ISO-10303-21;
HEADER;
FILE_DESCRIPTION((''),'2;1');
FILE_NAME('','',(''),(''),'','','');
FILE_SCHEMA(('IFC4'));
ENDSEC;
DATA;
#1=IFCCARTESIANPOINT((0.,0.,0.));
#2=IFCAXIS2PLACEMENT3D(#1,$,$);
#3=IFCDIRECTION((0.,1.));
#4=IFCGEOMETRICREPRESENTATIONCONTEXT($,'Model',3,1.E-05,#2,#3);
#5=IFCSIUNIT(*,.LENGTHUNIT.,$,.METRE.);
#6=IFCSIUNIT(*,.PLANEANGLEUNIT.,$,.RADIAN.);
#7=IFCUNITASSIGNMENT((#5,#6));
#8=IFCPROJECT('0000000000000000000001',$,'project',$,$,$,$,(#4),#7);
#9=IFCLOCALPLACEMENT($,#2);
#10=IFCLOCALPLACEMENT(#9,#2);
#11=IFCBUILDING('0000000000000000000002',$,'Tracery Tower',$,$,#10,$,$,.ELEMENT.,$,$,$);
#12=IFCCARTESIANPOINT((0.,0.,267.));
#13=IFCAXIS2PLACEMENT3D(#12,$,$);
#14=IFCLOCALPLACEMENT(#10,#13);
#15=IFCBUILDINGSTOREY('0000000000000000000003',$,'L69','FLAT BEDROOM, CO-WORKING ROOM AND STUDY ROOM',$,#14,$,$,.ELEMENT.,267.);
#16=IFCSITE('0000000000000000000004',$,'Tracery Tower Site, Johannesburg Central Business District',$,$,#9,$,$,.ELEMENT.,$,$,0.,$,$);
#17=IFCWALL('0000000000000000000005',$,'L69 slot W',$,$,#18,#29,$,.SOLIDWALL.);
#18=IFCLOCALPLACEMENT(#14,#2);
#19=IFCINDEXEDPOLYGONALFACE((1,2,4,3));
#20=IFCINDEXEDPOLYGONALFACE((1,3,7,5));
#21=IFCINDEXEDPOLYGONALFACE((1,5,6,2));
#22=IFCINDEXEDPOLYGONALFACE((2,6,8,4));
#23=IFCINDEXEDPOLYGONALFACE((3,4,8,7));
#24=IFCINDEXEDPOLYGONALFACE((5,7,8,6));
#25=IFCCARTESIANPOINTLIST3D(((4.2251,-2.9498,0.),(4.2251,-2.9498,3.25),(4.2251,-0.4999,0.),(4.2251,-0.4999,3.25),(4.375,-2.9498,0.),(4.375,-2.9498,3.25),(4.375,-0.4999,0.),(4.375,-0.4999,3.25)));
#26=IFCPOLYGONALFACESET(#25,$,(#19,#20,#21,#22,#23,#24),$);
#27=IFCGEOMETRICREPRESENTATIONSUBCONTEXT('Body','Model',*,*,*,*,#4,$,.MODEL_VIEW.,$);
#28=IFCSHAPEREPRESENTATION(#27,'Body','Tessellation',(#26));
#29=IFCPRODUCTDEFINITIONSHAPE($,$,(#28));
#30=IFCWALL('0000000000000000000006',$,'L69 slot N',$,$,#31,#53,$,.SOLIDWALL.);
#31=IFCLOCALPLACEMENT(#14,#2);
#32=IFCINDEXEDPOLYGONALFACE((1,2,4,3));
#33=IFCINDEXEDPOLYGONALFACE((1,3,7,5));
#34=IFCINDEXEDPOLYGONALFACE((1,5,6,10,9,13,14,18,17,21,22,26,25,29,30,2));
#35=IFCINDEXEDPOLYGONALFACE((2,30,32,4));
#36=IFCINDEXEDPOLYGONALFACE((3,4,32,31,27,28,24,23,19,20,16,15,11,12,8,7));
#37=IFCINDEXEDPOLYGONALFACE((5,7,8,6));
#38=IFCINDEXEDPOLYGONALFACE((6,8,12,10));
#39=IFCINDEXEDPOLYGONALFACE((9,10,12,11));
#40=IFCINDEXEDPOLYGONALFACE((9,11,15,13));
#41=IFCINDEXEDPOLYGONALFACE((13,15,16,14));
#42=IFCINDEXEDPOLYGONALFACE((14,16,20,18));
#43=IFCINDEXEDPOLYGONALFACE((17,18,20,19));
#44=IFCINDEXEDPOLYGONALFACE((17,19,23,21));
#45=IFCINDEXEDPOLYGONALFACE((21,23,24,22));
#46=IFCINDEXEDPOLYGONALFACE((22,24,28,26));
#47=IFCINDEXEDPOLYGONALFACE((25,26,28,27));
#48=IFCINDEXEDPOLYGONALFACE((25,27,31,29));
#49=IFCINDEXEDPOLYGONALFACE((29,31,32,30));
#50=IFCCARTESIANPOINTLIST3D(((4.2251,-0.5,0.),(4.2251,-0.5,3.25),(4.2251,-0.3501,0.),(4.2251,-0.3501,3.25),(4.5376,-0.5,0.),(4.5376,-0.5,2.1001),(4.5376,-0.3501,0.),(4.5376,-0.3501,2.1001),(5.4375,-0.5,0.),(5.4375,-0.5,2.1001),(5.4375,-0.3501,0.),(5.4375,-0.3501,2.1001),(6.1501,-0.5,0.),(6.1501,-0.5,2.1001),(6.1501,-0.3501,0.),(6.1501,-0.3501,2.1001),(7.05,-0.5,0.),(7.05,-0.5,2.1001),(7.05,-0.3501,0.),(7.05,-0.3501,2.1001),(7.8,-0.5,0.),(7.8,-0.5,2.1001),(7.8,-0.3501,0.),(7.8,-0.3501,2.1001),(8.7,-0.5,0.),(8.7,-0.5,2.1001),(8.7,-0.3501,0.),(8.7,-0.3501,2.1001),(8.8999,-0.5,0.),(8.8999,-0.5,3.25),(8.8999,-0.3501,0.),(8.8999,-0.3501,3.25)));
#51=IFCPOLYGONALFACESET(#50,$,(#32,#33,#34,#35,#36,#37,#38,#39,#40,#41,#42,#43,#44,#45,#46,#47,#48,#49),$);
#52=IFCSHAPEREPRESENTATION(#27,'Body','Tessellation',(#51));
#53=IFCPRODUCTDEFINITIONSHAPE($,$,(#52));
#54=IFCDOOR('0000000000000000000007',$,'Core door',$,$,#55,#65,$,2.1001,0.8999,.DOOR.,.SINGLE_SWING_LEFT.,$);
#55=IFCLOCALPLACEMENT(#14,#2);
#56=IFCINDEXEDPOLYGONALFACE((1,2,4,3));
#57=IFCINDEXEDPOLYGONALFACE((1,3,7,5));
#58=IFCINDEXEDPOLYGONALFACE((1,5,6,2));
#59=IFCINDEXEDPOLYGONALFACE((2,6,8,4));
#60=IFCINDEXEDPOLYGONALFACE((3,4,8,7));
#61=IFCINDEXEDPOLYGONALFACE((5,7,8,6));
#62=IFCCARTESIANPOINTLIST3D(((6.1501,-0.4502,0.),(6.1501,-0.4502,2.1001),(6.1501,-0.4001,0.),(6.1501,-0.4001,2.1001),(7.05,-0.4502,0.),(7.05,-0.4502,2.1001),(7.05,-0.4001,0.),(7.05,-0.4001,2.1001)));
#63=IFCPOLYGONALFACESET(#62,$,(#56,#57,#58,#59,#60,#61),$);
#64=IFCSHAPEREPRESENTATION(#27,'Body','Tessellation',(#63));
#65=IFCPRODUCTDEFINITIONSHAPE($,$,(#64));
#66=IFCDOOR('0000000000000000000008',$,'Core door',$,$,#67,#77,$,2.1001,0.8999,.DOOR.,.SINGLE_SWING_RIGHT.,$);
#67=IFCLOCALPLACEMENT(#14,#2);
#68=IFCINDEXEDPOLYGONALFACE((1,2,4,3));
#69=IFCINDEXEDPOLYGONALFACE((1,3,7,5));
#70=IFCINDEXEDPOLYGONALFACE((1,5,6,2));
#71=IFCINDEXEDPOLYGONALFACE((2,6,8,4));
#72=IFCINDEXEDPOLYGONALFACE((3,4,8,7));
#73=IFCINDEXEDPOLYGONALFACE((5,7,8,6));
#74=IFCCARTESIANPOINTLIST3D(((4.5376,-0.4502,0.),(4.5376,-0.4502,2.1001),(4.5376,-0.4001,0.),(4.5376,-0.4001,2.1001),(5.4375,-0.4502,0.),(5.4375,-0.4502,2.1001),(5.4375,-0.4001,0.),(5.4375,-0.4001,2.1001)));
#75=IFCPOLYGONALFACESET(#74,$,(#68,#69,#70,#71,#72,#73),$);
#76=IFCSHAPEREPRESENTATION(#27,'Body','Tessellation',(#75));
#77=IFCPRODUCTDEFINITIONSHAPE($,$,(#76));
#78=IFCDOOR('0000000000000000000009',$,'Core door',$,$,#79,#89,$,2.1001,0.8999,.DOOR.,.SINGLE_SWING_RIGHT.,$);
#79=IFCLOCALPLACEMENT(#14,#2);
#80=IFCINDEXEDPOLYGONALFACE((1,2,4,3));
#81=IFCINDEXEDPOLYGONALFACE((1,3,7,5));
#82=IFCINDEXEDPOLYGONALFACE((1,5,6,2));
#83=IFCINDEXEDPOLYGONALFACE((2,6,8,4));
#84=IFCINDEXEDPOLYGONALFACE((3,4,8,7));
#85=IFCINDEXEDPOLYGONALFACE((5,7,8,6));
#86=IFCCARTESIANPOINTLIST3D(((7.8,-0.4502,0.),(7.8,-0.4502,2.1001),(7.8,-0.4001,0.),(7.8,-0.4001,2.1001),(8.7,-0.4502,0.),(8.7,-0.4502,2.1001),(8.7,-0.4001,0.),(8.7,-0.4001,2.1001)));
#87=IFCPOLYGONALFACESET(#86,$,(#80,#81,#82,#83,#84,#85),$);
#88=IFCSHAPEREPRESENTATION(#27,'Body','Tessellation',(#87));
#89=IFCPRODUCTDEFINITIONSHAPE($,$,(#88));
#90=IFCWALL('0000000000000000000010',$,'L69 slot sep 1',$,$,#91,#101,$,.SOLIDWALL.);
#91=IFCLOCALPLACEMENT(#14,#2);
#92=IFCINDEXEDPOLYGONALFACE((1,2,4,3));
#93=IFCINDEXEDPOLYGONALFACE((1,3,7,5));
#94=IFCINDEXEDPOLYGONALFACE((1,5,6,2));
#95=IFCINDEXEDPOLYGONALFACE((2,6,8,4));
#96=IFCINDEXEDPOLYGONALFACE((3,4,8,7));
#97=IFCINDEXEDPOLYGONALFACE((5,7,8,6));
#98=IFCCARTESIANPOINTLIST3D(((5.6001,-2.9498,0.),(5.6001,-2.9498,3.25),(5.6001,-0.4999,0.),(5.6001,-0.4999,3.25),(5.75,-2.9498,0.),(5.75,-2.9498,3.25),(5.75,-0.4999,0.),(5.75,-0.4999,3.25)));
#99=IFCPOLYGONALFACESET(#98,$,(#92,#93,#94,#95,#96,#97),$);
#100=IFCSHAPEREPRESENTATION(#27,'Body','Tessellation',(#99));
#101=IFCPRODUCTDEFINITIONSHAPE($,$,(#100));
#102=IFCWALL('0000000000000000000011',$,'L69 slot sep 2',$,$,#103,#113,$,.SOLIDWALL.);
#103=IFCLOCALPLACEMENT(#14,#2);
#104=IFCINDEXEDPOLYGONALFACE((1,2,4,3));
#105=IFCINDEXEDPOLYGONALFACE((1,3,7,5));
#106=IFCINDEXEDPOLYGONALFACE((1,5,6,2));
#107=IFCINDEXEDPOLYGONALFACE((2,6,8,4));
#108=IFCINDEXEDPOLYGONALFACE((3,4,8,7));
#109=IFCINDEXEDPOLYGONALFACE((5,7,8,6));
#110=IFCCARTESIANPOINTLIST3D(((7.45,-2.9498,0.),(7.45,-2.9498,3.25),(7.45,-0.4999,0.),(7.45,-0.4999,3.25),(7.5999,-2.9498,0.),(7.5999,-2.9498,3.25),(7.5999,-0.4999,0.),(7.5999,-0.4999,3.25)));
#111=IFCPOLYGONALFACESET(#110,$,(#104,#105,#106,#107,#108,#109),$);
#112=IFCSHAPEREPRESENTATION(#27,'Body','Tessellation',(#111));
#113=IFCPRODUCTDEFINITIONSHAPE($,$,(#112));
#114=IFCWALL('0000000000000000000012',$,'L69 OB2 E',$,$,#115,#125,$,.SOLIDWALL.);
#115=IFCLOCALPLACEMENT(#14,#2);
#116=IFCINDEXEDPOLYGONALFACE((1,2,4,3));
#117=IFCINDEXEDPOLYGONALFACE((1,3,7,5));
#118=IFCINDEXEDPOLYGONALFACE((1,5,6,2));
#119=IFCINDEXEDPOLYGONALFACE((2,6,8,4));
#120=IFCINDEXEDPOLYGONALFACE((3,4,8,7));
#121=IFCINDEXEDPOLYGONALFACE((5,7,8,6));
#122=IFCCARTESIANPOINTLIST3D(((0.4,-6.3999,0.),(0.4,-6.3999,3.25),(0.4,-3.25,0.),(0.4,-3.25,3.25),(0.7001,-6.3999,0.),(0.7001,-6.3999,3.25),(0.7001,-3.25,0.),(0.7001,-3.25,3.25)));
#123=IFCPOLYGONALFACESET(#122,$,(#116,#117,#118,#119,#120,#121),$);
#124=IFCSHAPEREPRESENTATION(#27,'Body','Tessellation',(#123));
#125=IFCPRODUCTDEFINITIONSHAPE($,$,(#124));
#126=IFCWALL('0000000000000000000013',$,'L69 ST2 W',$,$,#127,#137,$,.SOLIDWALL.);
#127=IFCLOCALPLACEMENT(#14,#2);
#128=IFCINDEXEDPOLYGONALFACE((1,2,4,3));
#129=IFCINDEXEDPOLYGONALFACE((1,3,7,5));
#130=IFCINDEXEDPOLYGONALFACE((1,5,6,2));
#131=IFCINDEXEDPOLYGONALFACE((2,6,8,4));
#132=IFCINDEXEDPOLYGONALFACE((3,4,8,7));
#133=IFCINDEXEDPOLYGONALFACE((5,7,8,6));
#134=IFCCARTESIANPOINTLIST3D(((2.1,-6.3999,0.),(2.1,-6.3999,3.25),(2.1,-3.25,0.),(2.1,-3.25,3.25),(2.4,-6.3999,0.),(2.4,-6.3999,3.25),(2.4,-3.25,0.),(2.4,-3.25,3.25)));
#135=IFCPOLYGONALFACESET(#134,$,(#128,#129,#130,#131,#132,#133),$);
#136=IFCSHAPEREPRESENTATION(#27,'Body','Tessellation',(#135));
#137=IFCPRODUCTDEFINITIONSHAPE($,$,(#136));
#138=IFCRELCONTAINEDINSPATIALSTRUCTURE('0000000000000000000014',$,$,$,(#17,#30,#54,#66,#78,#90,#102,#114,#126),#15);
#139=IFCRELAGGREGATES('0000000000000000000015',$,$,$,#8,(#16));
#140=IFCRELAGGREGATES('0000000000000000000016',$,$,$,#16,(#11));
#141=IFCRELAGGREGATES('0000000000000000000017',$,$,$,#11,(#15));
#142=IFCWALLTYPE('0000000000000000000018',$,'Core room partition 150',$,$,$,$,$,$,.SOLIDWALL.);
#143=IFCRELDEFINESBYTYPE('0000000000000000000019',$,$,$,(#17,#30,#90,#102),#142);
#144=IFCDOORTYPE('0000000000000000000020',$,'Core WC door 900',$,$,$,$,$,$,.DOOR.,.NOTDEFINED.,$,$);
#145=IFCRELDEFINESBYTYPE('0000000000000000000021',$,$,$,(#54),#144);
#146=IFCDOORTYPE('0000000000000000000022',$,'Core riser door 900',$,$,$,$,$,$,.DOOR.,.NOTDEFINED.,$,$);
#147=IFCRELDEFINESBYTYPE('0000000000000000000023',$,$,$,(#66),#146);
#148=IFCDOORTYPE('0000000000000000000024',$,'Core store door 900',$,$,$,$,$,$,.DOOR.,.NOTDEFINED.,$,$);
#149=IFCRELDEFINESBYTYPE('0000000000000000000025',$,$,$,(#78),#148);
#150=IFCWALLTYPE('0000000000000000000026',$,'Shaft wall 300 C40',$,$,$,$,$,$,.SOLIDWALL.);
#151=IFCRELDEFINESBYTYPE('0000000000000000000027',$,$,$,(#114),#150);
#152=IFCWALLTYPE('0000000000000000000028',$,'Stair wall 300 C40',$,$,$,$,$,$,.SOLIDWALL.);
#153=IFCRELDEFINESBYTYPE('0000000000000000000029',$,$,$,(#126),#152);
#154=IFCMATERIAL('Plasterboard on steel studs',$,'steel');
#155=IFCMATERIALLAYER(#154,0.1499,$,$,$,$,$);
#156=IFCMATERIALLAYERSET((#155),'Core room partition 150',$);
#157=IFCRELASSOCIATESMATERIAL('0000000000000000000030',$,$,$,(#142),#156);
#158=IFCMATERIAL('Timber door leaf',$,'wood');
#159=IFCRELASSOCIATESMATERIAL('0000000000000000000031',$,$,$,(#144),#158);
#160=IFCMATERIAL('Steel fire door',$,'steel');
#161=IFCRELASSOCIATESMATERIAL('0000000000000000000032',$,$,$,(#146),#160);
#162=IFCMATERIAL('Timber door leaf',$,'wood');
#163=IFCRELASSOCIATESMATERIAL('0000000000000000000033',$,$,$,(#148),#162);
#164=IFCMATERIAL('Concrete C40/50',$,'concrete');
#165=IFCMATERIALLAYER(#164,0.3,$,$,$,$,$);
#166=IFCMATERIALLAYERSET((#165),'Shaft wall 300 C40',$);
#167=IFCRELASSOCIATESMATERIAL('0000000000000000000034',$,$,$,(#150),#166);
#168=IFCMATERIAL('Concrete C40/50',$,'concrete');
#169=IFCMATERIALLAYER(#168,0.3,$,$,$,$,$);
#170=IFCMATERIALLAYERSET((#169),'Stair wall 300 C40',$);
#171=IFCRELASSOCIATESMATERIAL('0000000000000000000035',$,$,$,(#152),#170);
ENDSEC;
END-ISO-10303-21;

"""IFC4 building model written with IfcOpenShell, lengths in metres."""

from ifc_helpers import new_model, si_unit, direction, frame, frame_2d, origin, place, context, subcontext, project, spatial, rectangle, extrude, material, layer, layer_set, type_object, element, fill, save


model = new_model("IFC4")

# Units and contexts
model_context = context("Model", 3, precision=1e-05, world=origin(), true_north=direction((0.0, 1.0)))
body_context = subcontext(model_context, "Body", "Model", "MODEL_VIEW")
ifc_project = project(units=[si_unit("LENGTHUNIT", "METRE"), si_unit("PLANEANGLEUNIT", "RADIAN")], contexts=[model_context])

# Site, building, storey
site_placement = place(None, origin())
site = spatial("IfcSite", under=ifc_project, at=site_placement, Name="Tracery Tower Site, Johannesburg Central Business District", CompositionType="ELEMENT", RefElevation=0.0)
building_placement = place(site_placement, origin())
building = spatial("IfcBuilding", under=site, at=building_placement, Name="Tracery Tower", CompositionType="ELEMENT")
storey_placement = place(building_placement, frame((0.0, 0.0, 267.0)))
storey = spatial("IfcBuildingStorey", under=building, at=storey_placement, Name="L69", Description="FLAT BEDROOM, CO-WORKING ROOM AND STUDY ROOM", CompositionType="ELEMENT", Elevation=267.0)

# Wall
ifc_material_1 = material(Name="Plasterboard on steel studs", Category="steel")
ifc_layer_1 = layer(ifc_material_1, 0.1499)
ifc_layer_set_1 = layer_set([ifc_layer_1], Name="Core room partition 150")
wall_type_1 = type_object("IfcWallType", Name="Core room partition 150", PredefinedType="SOLIDWALL", material=ifc_layer_set_1)
wall_1_placement = place(storey_placement, frame((4.3, -2.95, 0.0), z_axis=(0.0, 0.0, 1.0), x_axis=(0.0, 1.0, 0.0)))
element("IfcWall", 1, at=wall_1_placement, inside=storey, type_object=wall_type_1, Name="L69 slot W", PredefinedType="SOLIDWALL", context=body_context, shape_type="SweptSolid", body=[
    extrude(rectangle(XDim=2.45, YDim=0.1499, at=frame_2d((1.2251, 0.0))), origin(), (0.0, 0.0, 1.0), 3.25),
])

# Wall, openings, doors
wall_2_placement = place(storey_placement, frame((4.2251, -0.425, 0.0), z_axis=(0.0, 0.0, 1.0), x_axis=(1.0, 0.0, 0.0)))
wall_2 = element("IfcWall", 2, at=wall_2_placement, inside=storey, type_object=wall_type_1, Name="L69 slot N", PredefinedType="SOLIDWALL", context=body_context, shape_type="SweptSolid", body=[
    extrude(rectangle(XDim=4.6748, YDim=0.1499, at=frame_2d((2.3374, 0.0))), origin(), (0.0, 0.0, 1.0), 3.25),
])
opening_1_placement = place(wall_2_placement, frame((0.3125, 0.0, 0.0)))
opening_1 = element("IfcOpeningElement", 3, at=opening_1_placement, cuts=wall_2, PredefinedType="OPENING", context=body_context, shape_type="SweptSolid", body=[
    extrude(rectangle(XDim=0.8999, YDim=2.1001, at=frame_2d((0.45, 1.05))), frame((0.0, 0.075, 0.0), z_axis=(0.0, -1.0, 0.0), x_axis=(1.0, 0.0, 0.0)), (0.0, 0.0, 1.0), 0.1499),
])
opening_2_placement = place(wall_2_placement, frame((1.925, 0.0, 0.0)))
opening_2 = element("IfcOpeningElement", 4, at=opening_2_placement, cuts=wall_2, PredefinedType="OPENING", context=body_context, shape_type="SweptSolid", body=[
    extrude(rectangle(XDim=0.8999, YDim=2.1001, at=frame_2d((0.45, 1.05))), frame((0.0, 0.075, 0.0), z_axis=(0.0, -1.0, 0.0), x_axis=(1.0, 0.0, 0.0)), (0.0, 0.0, 1.0), 0.1499),
])
opening_3_placement = place(wall_2_placement, frame((3.575, 0.0, 0.0)))
opening_3 = element("IfcOpeningElement", 5, at=opening_3_placement, cuts=wall_2, PredefinedType="OPENING", context=body_context, shape_type="SweptSolid", body=[
    extrude(rectangle(XDim=0.8999, YDim=2.1001, at=frame_2d((0.45, 1.05))), frame((0.0, 0.075, 0.0), z_axis=(0.0, -1.0, 0.0), x_axis=(1.0, 0.0, 0.0)), (0.0, 0.0, 1.0), 0.1499),
])
ifc_material_2 = material(Name="Timber door leaf", Category="wood")
door_type_1 = type_object("IfcDoorType", Name="Core WC door 900", OperationType="NOTDEFINED", PredefinedType="DOOR", material=ifc_material_2)
door_1_placement = place(opening_2_placement, origin())
door_1 = element("IfcDoor", 6, at=door_1_placement, inside=storey, type_object=door_type_1, Name="Core door", OperationType="SINGLE_SWING_LEFT", OverallHeight=2.1001, OverallWidth=0.8999, PredefinedType="DOOR", context=body_context, shape_type="SweptSolid", body=[
    extrude(rectangle(XDim=0.8999, YDim=2.1001, at=frame_2d((0.45, 1.05))), frame((0.0, 0.0249, 0.0), z_axis=(0.0, -1.0, 0.0), x_axis=(1.0, 0.0, 0.0)), (0.0, 0.0, 1.0), 0.05),
])
fill(opening_2, door_1)
ifc_material_3 = material(Name="Steel fire door", Category="steel")
door_type_2 = type_object("IfcDoorType", Name="Core riser door 900", OperationType="NOTDEFINED", PredefinedType="DOOR", material=ifc_material_3)
door_2_placement = place(opening_1_placement, origin())
door_2 = element("IfcDoor", 7, at=door_2_placement, inside=storey, type_object=door_type_2, Name="Core door", OperationType="SINGLE_SWING_RIGHT", OverallHeight=2.1001, OverallWidth=0.8999, PredefinedType="DOOR", context=body_context, shape_type="SweptSolid", body=[
    extrude(rectangle(XDim=0.8999, YDim=2.1001, at=frame_2d((0.45, 1.05))), frame((0.0, 0.0249, 0.0), z_axis=(0.0, -1.0, 0.0), x_axis=(1.0, 0.0, 0.0)), (0.0, 0.0, 1.0), 0.05),
])
fill(opening_1, door_2)
ifc_material_4 = material(Name="Timber door leaf", Category="wood")
door_type_3 = type_object("IfcDoorType", Name="Core store door 900", OperationType="NOTDEFINED", PredefinedType="DOOR", material=ifc_material_4)
door_3_placement = place(opening_3_placement, origin())
door_3 = element("IfcDoor", 8, at=door_3_placement, inside=storey, type_object=door_type_3, Name="Core door", OperationType="SINGLE_SWING_RIGHT", OverallHeight=2.1001, OverallWidth=0.8999, PredefinedType="DOOR", context=body_context, shape_type="SweptSolid", body=[
    extrude(rectangle(XDim=0.8999, YDim=2.1001, at=frame_2d((0.45, 1.05))), frame((0.0, 0.0249, 0.0), z_axis=(0.0, -1.0, 0.0), x_axis=(1.0, 0.0, 0.0)), (0.0, 0.0, 1.0), 0.05),
])
fill(opening_3, door_3)

# Walls
for number, where, z_axis, x_axis, name in (
    (9, (5.675, -2.95, 0.0), (0.0, 0.0, 1.0), (0.0, 1.0, 0.0), "L69 slot sep 1"),
    (10, (7.5249, -2.95, 0.0), (0.0, 0.0, 1.0), (0.0, 1.0, 0.0), "L69 slot sep 2"),
):
    element("IfcWall", number, at=place(storey_placement, frame(where, z_axis=z_axis, x_axis=x_axis)), inside=storey, type_object=wall_type_1, Name=name, PredefinedType="SOLIDWALL", context=body_context, shape_type="SweptSolid", body=[
        extrude(rectangle(XDim=2.45, YDim=0.1499, at=frame_2d((1.2251, 0.0))), origin(), (0.0, 0.0, 1.0), 3.25),
    ])
ifc_material_5 = material(Name="Concrete C40/50", Category="concrete")
ifc_layer_2 = layer(ifc_material_5, 0.3)
ifc_layer_set_2 = layer_set([ifc_layer_2], Name="Shaft wall 300 C40")
wall_type_2 = type_object("IfcWallType", Name="Shaft wall 300 C40", PredefinedType="SOLIDWALL", material=ifc_layer_set_2)
wall_3_placement = place(storey_placement, frame((0.55, -6.3999, 0.0), z_axis=(0.0, 0.0, 1.0), x_axis=(0.0, 1.0, 0.0)))
element("IfcWall", 11, at=wall_3_placement, inside=storey, type_object=wall_type_2, Name="L69 OB2 E", PredefinedType="SOLIDWALL", context=body_context, shape_type="SweptSolid", body=[
    extrude(rectangle(XDim=3.1499, YDim=0.3, at=frame_2d((1.575, 0.0))), origin(), (0.0, 0.0, 1.0), 3.25),
])

# Shared definitions
ifc_material_6 = material(Name="Concrete C40/50", Category="concrete")
ifc_layer_3 = layer(ifc_material_6, 0.3)
ifc_layer_set_3 = layer_set([ifc_layer_3], Name="Stair wall 300 C40")
wall_type_3 = type_object("IfcWallType", Name="Stair wall 300 C40", PredefinedType="SOLIDWALL", material=ifc_layer_set_3)

# Wall
wall_4_placement = place(storey_placement, frame((2.25, -6.3999, 0.0), z_axis=(0.0, 0.0, 1.0), x_axis=(0.0, 1.0, 0.0)))
element("IfcWall", 12, at=wall_4_placement, inside=storey, type_object=wall_type_3, Name="L69 ST2 W", PredefinedType="SOLIDWALL", context=body_context, shape_type="SweptSolid", body=[
    extrude(rectangle(XDim=3.1499, YDim=0.3, at=frame_2d((1.575, 0.0))), origin(), (0.0, 0.0, 1.0), 3.25),
])

save(model, "model.ifc")
